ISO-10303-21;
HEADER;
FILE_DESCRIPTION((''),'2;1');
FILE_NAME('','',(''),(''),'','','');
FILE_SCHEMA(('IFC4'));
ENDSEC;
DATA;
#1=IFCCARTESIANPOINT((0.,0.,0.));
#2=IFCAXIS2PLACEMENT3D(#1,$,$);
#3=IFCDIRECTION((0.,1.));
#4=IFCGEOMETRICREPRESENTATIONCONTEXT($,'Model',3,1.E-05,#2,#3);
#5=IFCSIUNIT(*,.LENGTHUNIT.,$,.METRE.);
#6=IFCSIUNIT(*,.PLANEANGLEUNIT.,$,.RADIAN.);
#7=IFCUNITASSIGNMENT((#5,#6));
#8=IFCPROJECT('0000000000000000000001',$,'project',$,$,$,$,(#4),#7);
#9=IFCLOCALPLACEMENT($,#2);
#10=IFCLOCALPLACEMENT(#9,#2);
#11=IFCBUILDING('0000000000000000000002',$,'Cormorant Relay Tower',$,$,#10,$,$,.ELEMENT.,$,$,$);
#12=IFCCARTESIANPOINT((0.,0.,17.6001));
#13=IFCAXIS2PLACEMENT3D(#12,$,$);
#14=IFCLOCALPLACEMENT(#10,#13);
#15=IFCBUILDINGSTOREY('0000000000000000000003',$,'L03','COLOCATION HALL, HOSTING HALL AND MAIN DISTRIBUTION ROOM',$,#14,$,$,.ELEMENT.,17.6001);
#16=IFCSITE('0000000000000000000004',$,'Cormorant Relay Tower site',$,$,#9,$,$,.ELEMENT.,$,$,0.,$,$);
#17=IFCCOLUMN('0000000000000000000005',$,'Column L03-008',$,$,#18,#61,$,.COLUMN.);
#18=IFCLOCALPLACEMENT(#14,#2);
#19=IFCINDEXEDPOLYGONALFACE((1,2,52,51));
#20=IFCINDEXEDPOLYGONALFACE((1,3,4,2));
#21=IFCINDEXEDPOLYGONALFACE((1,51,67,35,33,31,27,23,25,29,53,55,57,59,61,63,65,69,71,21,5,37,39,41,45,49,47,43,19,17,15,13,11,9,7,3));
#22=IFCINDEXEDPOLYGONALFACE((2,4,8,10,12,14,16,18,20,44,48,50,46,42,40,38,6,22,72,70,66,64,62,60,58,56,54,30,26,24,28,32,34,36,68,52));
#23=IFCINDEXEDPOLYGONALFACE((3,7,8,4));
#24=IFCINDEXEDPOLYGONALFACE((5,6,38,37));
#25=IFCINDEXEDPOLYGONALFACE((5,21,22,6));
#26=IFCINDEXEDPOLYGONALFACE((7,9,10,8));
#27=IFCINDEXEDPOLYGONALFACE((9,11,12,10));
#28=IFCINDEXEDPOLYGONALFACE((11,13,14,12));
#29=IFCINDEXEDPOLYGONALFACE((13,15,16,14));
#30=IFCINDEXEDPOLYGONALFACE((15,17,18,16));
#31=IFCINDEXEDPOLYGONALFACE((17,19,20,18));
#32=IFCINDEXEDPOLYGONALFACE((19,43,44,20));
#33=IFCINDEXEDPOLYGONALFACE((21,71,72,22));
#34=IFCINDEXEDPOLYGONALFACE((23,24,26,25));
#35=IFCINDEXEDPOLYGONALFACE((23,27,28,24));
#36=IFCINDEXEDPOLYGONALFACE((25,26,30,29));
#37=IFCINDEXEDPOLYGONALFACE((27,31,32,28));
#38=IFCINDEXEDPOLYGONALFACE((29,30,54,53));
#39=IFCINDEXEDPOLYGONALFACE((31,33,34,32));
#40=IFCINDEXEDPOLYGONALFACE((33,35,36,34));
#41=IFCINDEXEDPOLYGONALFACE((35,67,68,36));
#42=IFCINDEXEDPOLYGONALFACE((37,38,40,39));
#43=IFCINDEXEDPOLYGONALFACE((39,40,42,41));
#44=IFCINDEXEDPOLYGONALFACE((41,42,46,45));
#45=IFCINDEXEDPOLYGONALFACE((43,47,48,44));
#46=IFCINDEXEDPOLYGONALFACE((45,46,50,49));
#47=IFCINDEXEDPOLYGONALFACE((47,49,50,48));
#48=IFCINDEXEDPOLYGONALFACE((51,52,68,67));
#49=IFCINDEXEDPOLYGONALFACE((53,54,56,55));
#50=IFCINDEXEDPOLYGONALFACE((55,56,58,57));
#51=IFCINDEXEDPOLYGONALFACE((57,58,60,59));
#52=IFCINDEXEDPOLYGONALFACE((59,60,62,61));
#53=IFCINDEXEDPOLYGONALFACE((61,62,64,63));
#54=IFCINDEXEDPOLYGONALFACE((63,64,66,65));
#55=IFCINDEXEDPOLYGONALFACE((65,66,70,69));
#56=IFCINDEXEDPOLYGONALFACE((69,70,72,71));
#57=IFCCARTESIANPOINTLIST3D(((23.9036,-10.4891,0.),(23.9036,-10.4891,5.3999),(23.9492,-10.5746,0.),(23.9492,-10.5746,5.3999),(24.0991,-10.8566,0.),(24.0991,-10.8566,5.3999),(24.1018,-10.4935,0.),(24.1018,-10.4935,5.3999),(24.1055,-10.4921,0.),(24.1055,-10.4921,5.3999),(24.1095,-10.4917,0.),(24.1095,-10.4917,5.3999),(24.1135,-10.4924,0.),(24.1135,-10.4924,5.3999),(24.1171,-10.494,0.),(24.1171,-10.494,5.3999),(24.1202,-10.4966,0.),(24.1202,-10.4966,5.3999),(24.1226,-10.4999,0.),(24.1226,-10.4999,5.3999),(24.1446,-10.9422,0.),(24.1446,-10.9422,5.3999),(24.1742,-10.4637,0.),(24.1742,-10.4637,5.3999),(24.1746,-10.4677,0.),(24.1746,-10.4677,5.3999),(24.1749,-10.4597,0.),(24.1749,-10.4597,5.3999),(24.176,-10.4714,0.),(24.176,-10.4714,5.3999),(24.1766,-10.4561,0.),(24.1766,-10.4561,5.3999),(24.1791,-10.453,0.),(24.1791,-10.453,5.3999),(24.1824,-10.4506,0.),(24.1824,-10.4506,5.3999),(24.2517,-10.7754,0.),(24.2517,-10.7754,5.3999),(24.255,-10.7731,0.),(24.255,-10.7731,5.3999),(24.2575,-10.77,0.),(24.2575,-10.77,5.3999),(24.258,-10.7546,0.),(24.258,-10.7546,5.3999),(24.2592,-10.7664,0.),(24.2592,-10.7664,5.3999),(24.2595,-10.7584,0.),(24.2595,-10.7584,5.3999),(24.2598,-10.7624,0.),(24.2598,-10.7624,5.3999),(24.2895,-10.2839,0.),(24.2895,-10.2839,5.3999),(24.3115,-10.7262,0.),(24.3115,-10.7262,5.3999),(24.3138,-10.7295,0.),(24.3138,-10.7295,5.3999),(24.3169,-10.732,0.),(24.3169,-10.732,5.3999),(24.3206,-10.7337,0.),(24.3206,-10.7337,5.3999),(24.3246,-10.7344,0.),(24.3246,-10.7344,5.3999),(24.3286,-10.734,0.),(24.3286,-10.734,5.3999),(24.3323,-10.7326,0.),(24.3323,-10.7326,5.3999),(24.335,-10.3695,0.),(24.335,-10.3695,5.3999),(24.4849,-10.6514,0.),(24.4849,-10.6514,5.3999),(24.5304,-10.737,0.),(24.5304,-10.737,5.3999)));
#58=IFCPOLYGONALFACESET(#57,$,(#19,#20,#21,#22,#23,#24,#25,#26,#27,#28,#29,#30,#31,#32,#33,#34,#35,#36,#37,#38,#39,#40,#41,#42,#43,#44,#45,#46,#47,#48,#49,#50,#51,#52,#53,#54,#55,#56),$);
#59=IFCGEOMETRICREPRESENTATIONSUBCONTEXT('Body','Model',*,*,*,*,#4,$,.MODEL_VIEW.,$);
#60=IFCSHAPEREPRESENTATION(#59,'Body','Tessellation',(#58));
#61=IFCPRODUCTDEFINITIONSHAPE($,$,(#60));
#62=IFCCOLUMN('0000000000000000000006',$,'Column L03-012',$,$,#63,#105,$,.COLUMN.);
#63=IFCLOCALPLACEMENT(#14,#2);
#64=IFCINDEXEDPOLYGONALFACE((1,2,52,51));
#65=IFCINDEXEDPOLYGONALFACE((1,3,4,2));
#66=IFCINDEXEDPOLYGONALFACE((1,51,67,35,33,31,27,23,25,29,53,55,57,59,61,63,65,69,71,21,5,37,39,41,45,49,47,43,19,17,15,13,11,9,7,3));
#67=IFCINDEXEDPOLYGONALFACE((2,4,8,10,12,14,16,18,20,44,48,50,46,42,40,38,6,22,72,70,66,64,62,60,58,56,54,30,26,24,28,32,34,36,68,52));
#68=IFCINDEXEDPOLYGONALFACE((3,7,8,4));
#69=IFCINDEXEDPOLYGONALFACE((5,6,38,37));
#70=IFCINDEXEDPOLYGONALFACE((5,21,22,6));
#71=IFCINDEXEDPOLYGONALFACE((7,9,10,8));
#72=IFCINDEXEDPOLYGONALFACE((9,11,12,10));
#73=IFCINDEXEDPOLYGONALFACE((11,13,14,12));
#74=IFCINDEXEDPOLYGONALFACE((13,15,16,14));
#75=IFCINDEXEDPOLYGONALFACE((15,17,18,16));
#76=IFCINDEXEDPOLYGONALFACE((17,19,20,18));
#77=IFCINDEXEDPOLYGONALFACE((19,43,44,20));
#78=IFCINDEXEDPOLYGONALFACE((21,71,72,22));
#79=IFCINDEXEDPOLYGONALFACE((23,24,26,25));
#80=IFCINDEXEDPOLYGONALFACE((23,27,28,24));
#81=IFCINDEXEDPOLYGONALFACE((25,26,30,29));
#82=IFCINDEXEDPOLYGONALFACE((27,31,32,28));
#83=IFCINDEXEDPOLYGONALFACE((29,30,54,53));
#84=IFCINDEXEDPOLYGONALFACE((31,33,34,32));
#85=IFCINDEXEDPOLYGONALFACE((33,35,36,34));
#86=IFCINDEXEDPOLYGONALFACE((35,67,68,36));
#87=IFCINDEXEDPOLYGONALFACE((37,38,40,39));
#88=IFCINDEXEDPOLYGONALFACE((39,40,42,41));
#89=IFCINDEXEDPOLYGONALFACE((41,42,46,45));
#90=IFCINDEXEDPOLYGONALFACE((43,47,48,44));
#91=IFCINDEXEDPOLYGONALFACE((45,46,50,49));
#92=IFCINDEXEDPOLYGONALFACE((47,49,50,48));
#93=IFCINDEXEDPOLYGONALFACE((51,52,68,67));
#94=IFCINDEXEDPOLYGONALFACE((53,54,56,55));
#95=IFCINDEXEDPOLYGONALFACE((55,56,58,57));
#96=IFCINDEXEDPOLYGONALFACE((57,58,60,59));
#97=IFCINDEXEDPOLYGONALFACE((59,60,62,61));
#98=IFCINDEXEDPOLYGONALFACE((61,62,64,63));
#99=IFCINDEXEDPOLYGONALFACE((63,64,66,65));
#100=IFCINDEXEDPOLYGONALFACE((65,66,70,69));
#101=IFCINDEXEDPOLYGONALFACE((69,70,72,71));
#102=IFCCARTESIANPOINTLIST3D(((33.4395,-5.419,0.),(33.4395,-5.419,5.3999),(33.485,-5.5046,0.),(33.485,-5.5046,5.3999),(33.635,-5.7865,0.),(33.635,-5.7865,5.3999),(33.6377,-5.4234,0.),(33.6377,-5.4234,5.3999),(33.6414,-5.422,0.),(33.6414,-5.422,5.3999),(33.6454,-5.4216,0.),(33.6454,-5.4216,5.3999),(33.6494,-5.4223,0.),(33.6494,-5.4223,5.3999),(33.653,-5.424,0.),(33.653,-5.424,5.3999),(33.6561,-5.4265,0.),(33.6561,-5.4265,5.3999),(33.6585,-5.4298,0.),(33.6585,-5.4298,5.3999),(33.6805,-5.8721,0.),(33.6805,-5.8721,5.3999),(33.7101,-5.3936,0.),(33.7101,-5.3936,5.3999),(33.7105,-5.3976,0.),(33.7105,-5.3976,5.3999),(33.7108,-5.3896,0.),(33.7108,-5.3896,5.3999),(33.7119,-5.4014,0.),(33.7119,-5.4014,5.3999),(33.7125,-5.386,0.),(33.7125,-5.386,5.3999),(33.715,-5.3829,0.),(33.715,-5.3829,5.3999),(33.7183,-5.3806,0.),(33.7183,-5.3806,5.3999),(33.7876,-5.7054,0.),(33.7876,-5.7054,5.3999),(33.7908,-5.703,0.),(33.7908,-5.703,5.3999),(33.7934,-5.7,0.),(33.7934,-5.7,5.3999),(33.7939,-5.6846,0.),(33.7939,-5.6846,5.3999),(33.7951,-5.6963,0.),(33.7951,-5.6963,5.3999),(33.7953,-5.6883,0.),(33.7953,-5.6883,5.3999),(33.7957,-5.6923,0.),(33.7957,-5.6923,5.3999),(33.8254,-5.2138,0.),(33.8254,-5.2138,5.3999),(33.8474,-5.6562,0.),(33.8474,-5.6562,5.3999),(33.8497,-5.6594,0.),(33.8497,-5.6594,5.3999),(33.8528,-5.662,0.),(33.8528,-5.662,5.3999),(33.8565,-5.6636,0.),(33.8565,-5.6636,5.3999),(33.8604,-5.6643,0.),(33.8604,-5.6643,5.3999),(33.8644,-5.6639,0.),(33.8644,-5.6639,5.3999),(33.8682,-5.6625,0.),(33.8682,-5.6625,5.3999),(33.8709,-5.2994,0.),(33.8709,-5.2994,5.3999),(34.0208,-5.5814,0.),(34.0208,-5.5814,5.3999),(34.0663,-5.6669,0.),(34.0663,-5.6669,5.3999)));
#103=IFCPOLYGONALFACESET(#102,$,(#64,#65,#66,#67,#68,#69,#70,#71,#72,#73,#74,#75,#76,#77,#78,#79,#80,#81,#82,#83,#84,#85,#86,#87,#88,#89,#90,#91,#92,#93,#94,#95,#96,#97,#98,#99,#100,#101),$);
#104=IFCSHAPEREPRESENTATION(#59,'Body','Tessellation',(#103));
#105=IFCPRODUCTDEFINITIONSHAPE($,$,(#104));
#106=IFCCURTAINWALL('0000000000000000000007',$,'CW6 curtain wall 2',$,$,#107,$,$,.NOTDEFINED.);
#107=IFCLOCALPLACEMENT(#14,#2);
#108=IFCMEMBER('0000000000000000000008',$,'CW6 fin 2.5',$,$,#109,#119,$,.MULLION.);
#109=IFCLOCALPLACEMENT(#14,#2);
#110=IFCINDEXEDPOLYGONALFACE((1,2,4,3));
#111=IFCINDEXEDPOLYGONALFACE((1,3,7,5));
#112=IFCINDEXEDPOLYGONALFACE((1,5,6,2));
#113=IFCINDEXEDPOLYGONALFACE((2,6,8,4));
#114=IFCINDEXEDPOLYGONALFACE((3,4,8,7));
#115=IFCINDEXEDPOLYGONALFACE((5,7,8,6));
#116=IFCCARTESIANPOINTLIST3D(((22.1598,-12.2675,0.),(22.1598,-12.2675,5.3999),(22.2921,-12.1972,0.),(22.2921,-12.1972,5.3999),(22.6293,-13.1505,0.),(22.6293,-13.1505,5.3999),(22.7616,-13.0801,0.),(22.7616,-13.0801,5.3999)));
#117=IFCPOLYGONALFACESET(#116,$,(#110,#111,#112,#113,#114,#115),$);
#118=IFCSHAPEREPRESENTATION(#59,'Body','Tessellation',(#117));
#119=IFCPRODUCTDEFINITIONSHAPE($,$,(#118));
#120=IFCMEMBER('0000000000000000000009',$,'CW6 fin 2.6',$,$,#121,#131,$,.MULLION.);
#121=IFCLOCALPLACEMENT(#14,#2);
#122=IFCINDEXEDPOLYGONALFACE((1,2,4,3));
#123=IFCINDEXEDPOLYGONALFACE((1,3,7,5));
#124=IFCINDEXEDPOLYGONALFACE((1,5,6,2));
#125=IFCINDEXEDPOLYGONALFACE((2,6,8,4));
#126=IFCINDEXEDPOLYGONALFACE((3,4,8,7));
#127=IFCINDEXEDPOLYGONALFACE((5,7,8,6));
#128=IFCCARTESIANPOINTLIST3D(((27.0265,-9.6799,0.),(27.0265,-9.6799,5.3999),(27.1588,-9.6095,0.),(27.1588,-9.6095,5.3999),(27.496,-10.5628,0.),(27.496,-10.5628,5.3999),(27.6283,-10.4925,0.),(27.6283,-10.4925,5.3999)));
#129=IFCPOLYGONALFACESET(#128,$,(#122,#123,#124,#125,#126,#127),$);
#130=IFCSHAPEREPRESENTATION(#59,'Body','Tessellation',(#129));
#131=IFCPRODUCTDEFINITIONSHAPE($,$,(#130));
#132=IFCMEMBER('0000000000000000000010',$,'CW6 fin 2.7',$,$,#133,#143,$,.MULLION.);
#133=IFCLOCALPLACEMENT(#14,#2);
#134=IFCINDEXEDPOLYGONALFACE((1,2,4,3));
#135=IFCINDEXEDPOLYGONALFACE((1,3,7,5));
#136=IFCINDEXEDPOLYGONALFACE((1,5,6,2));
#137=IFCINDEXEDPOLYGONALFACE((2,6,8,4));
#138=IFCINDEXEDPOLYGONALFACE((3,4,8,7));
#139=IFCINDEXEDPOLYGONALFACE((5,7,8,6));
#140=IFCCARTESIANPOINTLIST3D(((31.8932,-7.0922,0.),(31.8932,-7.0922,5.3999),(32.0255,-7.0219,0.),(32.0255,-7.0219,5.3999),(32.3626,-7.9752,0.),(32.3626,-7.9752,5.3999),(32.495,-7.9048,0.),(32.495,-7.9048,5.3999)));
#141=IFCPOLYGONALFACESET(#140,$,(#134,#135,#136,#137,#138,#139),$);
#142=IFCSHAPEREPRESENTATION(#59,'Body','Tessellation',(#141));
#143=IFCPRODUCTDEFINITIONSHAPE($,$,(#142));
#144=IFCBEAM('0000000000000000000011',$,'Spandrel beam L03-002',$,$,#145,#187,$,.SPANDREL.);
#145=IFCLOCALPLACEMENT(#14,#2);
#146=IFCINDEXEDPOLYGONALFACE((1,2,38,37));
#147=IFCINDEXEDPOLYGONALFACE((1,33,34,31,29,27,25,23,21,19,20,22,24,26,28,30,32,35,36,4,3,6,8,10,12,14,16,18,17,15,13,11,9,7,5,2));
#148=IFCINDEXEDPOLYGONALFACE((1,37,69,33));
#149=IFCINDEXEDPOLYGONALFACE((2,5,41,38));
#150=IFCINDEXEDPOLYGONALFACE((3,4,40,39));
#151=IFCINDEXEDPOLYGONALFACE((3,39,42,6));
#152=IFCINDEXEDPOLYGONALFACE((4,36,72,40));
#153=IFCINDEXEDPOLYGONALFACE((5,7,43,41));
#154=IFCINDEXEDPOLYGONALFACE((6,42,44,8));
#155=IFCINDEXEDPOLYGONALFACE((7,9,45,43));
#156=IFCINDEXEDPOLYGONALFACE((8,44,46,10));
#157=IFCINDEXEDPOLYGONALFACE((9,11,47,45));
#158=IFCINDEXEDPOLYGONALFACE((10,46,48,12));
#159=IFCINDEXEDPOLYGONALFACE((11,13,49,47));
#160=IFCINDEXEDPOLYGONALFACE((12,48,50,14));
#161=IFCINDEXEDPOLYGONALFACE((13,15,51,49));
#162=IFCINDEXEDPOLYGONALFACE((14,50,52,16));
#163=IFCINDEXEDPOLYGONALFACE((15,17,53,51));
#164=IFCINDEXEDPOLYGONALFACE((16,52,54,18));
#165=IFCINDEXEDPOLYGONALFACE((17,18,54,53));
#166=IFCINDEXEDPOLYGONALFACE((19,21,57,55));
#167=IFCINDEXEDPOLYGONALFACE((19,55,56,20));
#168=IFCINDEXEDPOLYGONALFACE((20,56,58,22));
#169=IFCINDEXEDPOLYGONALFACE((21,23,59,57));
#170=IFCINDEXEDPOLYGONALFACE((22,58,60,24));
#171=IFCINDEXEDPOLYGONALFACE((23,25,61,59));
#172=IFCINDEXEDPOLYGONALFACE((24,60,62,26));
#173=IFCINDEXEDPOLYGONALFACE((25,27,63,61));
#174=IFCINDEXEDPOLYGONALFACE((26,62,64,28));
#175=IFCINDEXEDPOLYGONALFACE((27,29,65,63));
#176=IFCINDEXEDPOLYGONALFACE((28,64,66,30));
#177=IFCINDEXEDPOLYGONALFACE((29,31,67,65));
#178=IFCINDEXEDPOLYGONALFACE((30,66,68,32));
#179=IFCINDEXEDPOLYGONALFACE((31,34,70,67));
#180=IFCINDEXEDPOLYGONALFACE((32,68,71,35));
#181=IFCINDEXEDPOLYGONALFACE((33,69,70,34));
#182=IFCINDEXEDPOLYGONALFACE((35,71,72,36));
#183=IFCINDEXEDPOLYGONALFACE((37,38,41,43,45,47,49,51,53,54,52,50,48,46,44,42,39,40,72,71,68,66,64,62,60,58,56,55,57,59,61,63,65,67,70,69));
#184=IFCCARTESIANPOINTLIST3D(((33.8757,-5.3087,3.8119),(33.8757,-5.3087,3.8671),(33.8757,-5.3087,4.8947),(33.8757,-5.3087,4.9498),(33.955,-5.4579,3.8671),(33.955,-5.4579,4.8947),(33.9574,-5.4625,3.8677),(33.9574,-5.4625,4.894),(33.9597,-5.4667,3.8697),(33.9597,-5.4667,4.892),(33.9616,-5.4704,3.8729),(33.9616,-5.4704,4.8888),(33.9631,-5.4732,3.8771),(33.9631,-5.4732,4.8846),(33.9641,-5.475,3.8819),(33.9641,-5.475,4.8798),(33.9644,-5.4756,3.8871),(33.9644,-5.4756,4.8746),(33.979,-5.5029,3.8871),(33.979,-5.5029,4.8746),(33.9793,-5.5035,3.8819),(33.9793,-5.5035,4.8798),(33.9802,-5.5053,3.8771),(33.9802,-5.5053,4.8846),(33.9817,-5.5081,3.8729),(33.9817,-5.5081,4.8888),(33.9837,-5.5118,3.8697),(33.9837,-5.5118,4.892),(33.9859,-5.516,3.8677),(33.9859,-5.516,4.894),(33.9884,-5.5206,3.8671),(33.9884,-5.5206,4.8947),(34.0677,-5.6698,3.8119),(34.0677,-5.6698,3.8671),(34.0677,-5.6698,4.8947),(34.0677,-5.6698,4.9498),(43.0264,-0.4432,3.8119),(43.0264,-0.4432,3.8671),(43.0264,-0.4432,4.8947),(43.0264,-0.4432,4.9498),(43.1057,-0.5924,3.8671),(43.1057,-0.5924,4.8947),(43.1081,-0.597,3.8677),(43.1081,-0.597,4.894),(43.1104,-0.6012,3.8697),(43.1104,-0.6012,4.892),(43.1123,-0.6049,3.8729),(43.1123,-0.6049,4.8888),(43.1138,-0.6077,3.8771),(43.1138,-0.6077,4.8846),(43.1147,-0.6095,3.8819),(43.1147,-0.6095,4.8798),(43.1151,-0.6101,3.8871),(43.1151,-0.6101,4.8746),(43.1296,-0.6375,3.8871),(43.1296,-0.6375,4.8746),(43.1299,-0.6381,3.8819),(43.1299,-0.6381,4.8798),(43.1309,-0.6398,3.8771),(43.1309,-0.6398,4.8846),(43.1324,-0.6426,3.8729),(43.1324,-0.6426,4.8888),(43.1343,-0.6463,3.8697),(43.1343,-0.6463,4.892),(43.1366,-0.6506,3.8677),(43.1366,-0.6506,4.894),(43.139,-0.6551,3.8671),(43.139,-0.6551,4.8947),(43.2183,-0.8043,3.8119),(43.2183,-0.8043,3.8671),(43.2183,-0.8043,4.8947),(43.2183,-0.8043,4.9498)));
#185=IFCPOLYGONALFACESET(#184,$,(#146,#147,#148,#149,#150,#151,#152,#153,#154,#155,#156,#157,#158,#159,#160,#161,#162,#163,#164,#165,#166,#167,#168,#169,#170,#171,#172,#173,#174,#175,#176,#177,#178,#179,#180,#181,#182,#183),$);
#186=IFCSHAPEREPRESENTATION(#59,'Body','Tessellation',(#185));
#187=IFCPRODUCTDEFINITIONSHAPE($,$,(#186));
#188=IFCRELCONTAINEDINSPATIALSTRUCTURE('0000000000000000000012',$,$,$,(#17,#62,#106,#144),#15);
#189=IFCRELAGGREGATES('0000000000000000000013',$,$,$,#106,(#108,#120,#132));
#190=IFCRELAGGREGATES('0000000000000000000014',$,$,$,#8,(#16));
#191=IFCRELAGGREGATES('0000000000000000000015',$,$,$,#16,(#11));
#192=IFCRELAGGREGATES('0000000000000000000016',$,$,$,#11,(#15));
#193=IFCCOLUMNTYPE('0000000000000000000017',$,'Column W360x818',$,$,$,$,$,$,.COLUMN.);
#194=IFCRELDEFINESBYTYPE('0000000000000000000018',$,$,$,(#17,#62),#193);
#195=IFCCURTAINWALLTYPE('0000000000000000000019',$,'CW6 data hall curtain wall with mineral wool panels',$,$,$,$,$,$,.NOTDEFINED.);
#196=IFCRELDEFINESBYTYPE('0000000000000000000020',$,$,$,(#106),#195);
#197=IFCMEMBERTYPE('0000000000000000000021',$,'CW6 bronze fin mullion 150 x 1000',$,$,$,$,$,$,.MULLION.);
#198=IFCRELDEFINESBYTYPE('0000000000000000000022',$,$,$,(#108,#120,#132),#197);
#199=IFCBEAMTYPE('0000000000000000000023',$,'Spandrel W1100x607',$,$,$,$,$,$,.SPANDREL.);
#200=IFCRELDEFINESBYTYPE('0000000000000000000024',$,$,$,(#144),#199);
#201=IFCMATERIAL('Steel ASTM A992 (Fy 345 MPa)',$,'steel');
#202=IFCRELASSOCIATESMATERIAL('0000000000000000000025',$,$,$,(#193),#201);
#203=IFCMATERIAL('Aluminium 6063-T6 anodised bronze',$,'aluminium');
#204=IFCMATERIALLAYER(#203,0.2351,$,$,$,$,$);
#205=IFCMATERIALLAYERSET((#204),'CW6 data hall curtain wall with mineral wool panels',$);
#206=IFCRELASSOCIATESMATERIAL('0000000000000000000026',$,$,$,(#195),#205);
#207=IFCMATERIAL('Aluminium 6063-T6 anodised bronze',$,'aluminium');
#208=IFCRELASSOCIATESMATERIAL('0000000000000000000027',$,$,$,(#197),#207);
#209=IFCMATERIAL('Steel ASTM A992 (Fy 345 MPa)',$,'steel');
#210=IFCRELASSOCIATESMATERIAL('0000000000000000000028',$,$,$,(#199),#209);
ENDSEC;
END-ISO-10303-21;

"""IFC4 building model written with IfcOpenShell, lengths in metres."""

from ifc_helpers import new_model, si_unit, direction, frame, origin, origin_2d, place, context, subcontext, project, spatial, rectangle, i_section, extrude, material, layer, layer_set, material_profile, profile_set, type_object, element, aggregate, save


model = new_model("IFC4")

# Units and contexts
model_context = context("Model", 3, precision=1e-05, world=origin(), true_north=direction((0.0, 1.0)))
body_context = subcontext(model_context, "Body", "Model", "MODEL_VIEW")
ifc_project = project(units=[si_unit("LENGTHUNIT", "METRE"), si_unit("PLANEANGLEUNIT", "RADIAN")], contexts=[model_context])

# Site, building, storey
site_placement = place(None, origin())
site = spatial("IfcSite", under=ifc_project, at=site_placement, Name="Cormorant Relay Tower site", CompositionType="ELEMENT", RefElevation=0.0)
building_placement = place(site_placement, origin())
building = spatial("IfcBuilding", under=site, at=building_placement, Name="Cormorant Relay Tower", CompositionType="ELEMENT")
storey_placement = place(building_placement, frame((0.0, 0.0, 17.6001)))
storey = spatial("IfcBuildingStorey", under=building, at=storey_placement, Name="L03", Description="COLOCATION HALL, HOSTING HALL AND MAIN DISTRIBUTION ROOM", CompositionType="ELEMENT", Elevation=17.6001)

# Columns
ifc_material_1 = material(Name="Steel ASTM A992 (Fy 345 MPa)", Category="steel")
ifc_material_profile_1 = material_profile(ifc_material_1, i_section(OverallWidth=0.437, OverallDepth=0.5132, WebThickness=0.0605, FlangeThickness=0.0969, FilletRadius=0.0154, at=origin_2d()), Name="W360x818")
ifc_profile_set_1 = profile_set([ifc_material_profile_1], Name="Steel ASTM A992 (Fy 345 MPa)")
column_type = type_object("IfcColumnType", Name="Column W360x818", PredefinedType="COLUMN", material=ifc_profile_set_1)
for number, where, z_axis, x_axis, name in (
    (1, (24.217, -10.613, 0.0), (0.0, 0.0, 1.0), (0.882948, 0.469472, 0.0), "Column L03-008"),
    (2, (33.7529, -5.543, 0.0), (0.0, 0.0, 1.0), (0.882948, 0.469472, 0.0), "Column L03-012"),
):
    element("IfcColumn", number, at=place(storey_placement, frame(where, z_axis=z_axis, x_axis=x_axis)), inside=storey, type_object=column_type, Name=name, PredefinedType="COLUMN", context=body_context, shape_type="SweptSolid", body=[
        extrude(i_section(OverallWidth=0.437, OverallDepth=0.5132, WebThickness=0.0605, FlangeThickness=0.0969, FilletRadius=0.0154, at=origin_2d()), origin(), (0.0, 0.0, 1.0), 5.3999),
    ])

# Curtain wall, members
ifc_material_2 = material(Name="Aluminium 6063-T6 anodised bronze", Category="aluminium")
ifc_layer_1 = layer(ifc_material_2, 0.2351)
ifc_layer_set_1 = layer_set([ifc_layer_1], Name="CW6 data hall curtain wall with mineral wool panels")
curtain_wall_type = type_object("IfcCurtainWallType", Name="CW6 data hall curtain wall with mineral wool panels", PredefinedType="NOTDEFINED", material=ifc_layer_set_1)
curtain_wall_placement = place(storey_placement, origin())
curtain_wall = element("IfcCurtainWall", 3, at=curtain_wall_placement, inside=storey, type_object=curtain_wall_type, Name="CW6 curtain wall 2", PredefinedType="NOTDEFINED")
ifc_material_3 = material(Name="Aluminium 6063-T6 anodised bronze", Category="aluminium")
ifc_material_profile_2 = material_profile(ifc_material_3, rectangle(XDim=0.1499, YDim=1.0, at=origin_2d()), Name="AL 150x1000")
ifc_profile_set_2 = profile_set([ifc_material_profile_2], Name="Aluminium 6063-T6 anodised bronze")
member_type = type_object("IfcMemberType", Name="CW6 bronze fin mullion 150 x 1000", PredefinedType="MULLION", material=ifc_profile_set_2)
member_1_placement = place(storey_placement, frame((22.4607, -12.6738, 0.0), z_axis=(0.0, 0.0, 1.0), x_axis=(0.882948, 0.469472, 0.0)))
member_1 = element("IfcMember", 4, at=member_1_placement, type_object=member_type, Name="CW6 fin 2.5", PredefinedType="MULLION", context=body_context, shape_type="SweptSolid", body=[
    extrude(rectangle(XDim=0.1499, YDim=1.0, at=origin_2d()), origin(), (0.0, 0.0, 1.0), 5.3999),
])
member_2_placement = place(storey_placement, frame((27.3274, -10.0862, 0.0), z_axis=(0.0, 0.0, 1.0), x_axis=(0.882948, 0.469472, 0.0)))
member_2 = element("IfcMember", 5, at=member_2_placement, type_object=member_type, Name="CW6 fin 2.6", PredefinedType="MULLION", context=body_context, shape_type="SweptSolid", body=[
    extrude(rectangle(XDim=0.1499, YDim=1.0, at=origin_2d()), origin(), (0.0, 0.0, 1.0), 5.3999),
])
member_3_placement = place(storey_placement, frame((32.1941, -7.4985, 0.0), z_axis=(0.0, 0.0, 1.0), x_axis=(0.882948, 0.469472, 0.0)))
member_3 = element("IfcMember", 6, at=member_3_placement, type_object=member_type, Name="CW6 fin 2.7", PredefinedType="MULLION", context=body_context, shape_type="SweptSolid", body=[
    extrude(rectangle(XDim=0.1499, YDim=1.0, at=origin_2d()), origin(), (0.0, 0.0, 1.0), 5.3999),
])

# Beam
ifc_material_4 = material(Name="Steel ASTM A992 (Fy 345 MPa)", Category="steel")
ifc_material_profile_3 = material_profile(ifc_material_4, i_section(OverallWidth=0.4089, OverallDepth=1.1379, WebThickness=0.031, FlangeThickness=0.0552, FilletRadius=0.02, at=origin_2d()), Name="W1100x607")
ifc_profile_set_3 = profile_set([ifc_material_profile_3], Name="Steel ASTM A992 (Fy 345 MPa)")
beam_type = type_object("IfcBeamType", Name="Spandrel W1100x607", PredefinedType="SPANDREL", material=ifc_profile_set_3)
beam_placement = place(storey_placement, frame((33.9717, -5.4893, 4.3809), z_axis=(0.882948, 0.469472, 0.0), x_axis=(-0.469472, 0.882948, 0.0)))
element("IfcBeam", 7, at=beam_placement, inside=storey, type_object=beam_type, Name="Spandrel beam L03-002", PredefinedType="SPANDREL", context=body_context, shape_type="SweptSolid", body=[
    extrude(i_section(OverallWidth=0.4089, OverallDepth=1.1379, WebThickness=0.031, FlangeThickness=0.0552, FilletRadius=0.02, at=origin_2d()), origin(), (0.0, 0.0, 1.0), 10.3638),
])

aggregate(curtain_wall, [member_1, member_2, member_3])

save(model, "model.ifc")
